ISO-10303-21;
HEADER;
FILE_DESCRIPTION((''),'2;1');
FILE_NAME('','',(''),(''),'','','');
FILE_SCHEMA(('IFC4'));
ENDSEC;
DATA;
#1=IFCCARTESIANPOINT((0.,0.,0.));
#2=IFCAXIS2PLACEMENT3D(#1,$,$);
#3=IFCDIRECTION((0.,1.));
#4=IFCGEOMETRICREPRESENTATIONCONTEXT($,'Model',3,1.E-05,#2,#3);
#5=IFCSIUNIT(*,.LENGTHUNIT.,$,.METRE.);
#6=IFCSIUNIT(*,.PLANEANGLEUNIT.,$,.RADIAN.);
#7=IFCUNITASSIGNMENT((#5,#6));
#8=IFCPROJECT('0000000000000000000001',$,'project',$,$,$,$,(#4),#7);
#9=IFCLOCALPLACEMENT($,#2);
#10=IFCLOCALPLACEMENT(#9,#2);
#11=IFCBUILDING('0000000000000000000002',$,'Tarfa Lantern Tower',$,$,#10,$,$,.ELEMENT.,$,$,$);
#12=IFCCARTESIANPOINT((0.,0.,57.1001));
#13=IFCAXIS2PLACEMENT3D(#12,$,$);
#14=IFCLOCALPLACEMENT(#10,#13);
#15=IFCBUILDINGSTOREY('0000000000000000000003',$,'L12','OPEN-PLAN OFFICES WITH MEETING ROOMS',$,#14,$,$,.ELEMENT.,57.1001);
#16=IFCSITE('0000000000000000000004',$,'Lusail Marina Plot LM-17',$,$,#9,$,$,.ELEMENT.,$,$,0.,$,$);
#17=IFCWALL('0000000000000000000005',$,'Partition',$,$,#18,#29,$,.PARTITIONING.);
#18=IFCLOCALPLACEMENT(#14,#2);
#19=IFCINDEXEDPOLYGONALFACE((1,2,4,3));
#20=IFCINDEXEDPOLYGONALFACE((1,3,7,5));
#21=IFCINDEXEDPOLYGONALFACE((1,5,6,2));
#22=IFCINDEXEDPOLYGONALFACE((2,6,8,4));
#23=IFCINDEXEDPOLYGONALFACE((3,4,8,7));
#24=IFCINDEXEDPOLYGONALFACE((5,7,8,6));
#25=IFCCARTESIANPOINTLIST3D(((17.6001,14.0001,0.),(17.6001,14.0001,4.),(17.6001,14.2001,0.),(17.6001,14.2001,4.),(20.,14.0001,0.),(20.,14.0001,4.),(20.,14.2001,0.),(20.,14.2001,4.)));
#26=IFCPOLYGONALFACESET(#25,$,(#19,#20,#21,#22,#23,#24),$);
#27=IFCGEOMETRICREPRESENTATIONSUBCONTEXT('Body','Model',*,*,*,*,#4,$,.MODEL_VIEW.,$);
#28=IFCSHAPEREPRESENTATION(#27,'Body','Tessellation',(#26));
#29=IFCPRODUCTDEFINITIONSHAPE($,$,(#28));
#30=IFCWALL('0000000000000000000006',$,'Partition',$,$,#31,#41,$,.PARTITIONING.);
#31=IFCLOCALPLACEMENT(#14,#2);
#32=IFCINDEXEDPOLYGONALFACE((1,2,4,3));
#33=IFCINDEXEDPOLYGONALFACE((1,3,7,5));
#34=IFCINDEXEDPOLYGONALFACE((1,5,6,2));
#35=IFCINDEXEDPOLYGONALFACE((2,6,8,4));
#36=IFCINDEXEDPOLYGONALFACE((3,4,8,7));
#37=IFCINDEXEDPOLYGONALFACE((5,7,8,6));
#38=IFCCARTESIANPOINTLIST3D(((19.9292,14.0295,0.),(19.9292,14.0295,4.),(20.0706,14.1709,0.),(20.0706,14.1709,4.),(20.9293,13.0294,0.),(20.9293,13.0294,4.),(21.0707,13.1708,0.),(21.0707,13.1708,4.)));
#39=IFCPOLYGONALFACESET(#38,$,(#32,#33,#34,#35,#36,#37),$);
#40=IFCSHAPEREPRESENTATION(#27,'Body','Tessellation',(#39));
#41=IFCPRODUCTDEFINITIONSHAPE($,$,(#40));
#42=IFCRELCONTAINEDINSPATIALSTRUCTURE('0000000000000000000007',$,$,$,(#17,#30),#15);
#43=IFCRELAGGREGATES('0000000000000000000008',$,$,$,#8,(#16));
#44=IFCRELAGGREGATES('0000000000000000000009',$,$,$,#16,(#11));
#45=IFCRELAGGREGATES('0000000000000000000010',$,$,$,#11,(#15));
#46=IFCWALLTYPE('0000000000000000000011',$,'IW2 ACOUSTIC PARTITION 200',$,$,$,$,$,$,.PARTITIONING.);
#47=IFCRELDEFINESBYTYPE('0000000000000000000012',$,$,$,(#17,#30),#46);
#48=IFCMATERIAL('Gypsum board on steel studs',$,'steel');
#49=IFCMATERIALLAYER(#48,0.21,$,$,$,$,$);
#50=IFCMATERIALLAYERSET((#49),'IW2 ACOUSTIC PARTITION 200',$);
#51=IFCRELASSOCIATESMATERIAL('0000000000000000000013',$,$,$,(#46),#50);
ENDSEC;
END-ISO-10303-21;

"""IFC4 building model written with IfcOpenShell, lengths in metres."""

from ifc_helpers import new_model, si_unit, direction, frame, frame_2d, origin, place, context, subcontext, project, spatial, rectangle, extrude, material, layer, layer_set, type_object, element, save


model = new_model("IFC4")

# Units and contexts
model_context = context("Model", 3, precision=1e-05, world=origin(), true_north=direction((0.0, 1.0)))
body_context = subcontext(model_context, "Body", "Model", "MODEL_VIEW")
ifc_project = project(units=[si_unit("LENGTHUNIT", "METRE"), si_unit("PLANEANGLEUNIT", "RADIAN")], contexts=[model_context])

# Site, building, storey
site_placement = place(None, origin())
site = spatial("IfcSite", under=ifc_project, at=site_placement, Name="Lusail Marina Plot LM-17", CompositionType="ELEMENT", RefElevation=0.0)
building_placement = place(site_placement, origin())
building = spatial("IfcBuilding", under=site, at=building_placement, Name="Tarfa Lantern Tower", CompositionType="ELEMENT")
storey_placement = place(building_placement, frame((0.0, 0.0, 57.1001)))
storey = spatial("IfcBuildingStorey", under=building, at=storey_placement, Name="L12", Description="OPEN-PLAN OFFICES WITH MEETING ROOMS", CompositionType="ELEMENT", Elevation=57.1001)

# Walls
ifc_material_1 = material(Name="Gypsum board on steel studs", Category="steel")
ifc_layer_1 = layer(ifc_material_1, 0.21)
ifc_layer_set_1 = layer_set([ifc_layer_1], Name="IW2 ACOUSTIC PARTITION 200")
wall_type_1 = type_object("IfcWallType", Name="IW2 ACOUSTIC PARTITION 200", PredefinedType="PARTITIONING", material=ifc_layer_set_1)
wall_1_placement = place(storey_placement, frame((17.6001, 14.1001, 0.0), z_axis=(0.0, 0.0, 1.0), x_axis=(1.0, 0.0, 0.0)))
element("IfcWall", 1, at=wall_1_placement, inside=storey, type_object=wall_type_1, Name="Partition", PredefinedType="PARTITIONING", context=body_context, shape_type="SweptSolid", body=[
    extrude(rectangle(XDim=2.3999, YDim=0.2, at=frame_2d((1.2, 0.0))), origin(), (0.0, 0.0, 1.0), 4.0),
])
wall_2_placement = place(storey_placement, frame((20.0, 14.1001, 0.0), z_axis=(0.0, 0.0, 1.0), x_axis=(0.707107, -0.707107, 0.0)))
element("IfcWall", 2, at=wall_2_placement, inside=storey, type_object=wall_type_1, Name="Partition", PredefinedType="PARTITIONING", context=body_context, shape_type="SweptSolid", body=[
    extrude(rectangle(XDim=1.4143, YDim=0.2, at=frame_2d((0.707, 0.0))), origin(), (0.0, 0.0, 1.0), 4.0),
])

save(model, "model.ifc")
